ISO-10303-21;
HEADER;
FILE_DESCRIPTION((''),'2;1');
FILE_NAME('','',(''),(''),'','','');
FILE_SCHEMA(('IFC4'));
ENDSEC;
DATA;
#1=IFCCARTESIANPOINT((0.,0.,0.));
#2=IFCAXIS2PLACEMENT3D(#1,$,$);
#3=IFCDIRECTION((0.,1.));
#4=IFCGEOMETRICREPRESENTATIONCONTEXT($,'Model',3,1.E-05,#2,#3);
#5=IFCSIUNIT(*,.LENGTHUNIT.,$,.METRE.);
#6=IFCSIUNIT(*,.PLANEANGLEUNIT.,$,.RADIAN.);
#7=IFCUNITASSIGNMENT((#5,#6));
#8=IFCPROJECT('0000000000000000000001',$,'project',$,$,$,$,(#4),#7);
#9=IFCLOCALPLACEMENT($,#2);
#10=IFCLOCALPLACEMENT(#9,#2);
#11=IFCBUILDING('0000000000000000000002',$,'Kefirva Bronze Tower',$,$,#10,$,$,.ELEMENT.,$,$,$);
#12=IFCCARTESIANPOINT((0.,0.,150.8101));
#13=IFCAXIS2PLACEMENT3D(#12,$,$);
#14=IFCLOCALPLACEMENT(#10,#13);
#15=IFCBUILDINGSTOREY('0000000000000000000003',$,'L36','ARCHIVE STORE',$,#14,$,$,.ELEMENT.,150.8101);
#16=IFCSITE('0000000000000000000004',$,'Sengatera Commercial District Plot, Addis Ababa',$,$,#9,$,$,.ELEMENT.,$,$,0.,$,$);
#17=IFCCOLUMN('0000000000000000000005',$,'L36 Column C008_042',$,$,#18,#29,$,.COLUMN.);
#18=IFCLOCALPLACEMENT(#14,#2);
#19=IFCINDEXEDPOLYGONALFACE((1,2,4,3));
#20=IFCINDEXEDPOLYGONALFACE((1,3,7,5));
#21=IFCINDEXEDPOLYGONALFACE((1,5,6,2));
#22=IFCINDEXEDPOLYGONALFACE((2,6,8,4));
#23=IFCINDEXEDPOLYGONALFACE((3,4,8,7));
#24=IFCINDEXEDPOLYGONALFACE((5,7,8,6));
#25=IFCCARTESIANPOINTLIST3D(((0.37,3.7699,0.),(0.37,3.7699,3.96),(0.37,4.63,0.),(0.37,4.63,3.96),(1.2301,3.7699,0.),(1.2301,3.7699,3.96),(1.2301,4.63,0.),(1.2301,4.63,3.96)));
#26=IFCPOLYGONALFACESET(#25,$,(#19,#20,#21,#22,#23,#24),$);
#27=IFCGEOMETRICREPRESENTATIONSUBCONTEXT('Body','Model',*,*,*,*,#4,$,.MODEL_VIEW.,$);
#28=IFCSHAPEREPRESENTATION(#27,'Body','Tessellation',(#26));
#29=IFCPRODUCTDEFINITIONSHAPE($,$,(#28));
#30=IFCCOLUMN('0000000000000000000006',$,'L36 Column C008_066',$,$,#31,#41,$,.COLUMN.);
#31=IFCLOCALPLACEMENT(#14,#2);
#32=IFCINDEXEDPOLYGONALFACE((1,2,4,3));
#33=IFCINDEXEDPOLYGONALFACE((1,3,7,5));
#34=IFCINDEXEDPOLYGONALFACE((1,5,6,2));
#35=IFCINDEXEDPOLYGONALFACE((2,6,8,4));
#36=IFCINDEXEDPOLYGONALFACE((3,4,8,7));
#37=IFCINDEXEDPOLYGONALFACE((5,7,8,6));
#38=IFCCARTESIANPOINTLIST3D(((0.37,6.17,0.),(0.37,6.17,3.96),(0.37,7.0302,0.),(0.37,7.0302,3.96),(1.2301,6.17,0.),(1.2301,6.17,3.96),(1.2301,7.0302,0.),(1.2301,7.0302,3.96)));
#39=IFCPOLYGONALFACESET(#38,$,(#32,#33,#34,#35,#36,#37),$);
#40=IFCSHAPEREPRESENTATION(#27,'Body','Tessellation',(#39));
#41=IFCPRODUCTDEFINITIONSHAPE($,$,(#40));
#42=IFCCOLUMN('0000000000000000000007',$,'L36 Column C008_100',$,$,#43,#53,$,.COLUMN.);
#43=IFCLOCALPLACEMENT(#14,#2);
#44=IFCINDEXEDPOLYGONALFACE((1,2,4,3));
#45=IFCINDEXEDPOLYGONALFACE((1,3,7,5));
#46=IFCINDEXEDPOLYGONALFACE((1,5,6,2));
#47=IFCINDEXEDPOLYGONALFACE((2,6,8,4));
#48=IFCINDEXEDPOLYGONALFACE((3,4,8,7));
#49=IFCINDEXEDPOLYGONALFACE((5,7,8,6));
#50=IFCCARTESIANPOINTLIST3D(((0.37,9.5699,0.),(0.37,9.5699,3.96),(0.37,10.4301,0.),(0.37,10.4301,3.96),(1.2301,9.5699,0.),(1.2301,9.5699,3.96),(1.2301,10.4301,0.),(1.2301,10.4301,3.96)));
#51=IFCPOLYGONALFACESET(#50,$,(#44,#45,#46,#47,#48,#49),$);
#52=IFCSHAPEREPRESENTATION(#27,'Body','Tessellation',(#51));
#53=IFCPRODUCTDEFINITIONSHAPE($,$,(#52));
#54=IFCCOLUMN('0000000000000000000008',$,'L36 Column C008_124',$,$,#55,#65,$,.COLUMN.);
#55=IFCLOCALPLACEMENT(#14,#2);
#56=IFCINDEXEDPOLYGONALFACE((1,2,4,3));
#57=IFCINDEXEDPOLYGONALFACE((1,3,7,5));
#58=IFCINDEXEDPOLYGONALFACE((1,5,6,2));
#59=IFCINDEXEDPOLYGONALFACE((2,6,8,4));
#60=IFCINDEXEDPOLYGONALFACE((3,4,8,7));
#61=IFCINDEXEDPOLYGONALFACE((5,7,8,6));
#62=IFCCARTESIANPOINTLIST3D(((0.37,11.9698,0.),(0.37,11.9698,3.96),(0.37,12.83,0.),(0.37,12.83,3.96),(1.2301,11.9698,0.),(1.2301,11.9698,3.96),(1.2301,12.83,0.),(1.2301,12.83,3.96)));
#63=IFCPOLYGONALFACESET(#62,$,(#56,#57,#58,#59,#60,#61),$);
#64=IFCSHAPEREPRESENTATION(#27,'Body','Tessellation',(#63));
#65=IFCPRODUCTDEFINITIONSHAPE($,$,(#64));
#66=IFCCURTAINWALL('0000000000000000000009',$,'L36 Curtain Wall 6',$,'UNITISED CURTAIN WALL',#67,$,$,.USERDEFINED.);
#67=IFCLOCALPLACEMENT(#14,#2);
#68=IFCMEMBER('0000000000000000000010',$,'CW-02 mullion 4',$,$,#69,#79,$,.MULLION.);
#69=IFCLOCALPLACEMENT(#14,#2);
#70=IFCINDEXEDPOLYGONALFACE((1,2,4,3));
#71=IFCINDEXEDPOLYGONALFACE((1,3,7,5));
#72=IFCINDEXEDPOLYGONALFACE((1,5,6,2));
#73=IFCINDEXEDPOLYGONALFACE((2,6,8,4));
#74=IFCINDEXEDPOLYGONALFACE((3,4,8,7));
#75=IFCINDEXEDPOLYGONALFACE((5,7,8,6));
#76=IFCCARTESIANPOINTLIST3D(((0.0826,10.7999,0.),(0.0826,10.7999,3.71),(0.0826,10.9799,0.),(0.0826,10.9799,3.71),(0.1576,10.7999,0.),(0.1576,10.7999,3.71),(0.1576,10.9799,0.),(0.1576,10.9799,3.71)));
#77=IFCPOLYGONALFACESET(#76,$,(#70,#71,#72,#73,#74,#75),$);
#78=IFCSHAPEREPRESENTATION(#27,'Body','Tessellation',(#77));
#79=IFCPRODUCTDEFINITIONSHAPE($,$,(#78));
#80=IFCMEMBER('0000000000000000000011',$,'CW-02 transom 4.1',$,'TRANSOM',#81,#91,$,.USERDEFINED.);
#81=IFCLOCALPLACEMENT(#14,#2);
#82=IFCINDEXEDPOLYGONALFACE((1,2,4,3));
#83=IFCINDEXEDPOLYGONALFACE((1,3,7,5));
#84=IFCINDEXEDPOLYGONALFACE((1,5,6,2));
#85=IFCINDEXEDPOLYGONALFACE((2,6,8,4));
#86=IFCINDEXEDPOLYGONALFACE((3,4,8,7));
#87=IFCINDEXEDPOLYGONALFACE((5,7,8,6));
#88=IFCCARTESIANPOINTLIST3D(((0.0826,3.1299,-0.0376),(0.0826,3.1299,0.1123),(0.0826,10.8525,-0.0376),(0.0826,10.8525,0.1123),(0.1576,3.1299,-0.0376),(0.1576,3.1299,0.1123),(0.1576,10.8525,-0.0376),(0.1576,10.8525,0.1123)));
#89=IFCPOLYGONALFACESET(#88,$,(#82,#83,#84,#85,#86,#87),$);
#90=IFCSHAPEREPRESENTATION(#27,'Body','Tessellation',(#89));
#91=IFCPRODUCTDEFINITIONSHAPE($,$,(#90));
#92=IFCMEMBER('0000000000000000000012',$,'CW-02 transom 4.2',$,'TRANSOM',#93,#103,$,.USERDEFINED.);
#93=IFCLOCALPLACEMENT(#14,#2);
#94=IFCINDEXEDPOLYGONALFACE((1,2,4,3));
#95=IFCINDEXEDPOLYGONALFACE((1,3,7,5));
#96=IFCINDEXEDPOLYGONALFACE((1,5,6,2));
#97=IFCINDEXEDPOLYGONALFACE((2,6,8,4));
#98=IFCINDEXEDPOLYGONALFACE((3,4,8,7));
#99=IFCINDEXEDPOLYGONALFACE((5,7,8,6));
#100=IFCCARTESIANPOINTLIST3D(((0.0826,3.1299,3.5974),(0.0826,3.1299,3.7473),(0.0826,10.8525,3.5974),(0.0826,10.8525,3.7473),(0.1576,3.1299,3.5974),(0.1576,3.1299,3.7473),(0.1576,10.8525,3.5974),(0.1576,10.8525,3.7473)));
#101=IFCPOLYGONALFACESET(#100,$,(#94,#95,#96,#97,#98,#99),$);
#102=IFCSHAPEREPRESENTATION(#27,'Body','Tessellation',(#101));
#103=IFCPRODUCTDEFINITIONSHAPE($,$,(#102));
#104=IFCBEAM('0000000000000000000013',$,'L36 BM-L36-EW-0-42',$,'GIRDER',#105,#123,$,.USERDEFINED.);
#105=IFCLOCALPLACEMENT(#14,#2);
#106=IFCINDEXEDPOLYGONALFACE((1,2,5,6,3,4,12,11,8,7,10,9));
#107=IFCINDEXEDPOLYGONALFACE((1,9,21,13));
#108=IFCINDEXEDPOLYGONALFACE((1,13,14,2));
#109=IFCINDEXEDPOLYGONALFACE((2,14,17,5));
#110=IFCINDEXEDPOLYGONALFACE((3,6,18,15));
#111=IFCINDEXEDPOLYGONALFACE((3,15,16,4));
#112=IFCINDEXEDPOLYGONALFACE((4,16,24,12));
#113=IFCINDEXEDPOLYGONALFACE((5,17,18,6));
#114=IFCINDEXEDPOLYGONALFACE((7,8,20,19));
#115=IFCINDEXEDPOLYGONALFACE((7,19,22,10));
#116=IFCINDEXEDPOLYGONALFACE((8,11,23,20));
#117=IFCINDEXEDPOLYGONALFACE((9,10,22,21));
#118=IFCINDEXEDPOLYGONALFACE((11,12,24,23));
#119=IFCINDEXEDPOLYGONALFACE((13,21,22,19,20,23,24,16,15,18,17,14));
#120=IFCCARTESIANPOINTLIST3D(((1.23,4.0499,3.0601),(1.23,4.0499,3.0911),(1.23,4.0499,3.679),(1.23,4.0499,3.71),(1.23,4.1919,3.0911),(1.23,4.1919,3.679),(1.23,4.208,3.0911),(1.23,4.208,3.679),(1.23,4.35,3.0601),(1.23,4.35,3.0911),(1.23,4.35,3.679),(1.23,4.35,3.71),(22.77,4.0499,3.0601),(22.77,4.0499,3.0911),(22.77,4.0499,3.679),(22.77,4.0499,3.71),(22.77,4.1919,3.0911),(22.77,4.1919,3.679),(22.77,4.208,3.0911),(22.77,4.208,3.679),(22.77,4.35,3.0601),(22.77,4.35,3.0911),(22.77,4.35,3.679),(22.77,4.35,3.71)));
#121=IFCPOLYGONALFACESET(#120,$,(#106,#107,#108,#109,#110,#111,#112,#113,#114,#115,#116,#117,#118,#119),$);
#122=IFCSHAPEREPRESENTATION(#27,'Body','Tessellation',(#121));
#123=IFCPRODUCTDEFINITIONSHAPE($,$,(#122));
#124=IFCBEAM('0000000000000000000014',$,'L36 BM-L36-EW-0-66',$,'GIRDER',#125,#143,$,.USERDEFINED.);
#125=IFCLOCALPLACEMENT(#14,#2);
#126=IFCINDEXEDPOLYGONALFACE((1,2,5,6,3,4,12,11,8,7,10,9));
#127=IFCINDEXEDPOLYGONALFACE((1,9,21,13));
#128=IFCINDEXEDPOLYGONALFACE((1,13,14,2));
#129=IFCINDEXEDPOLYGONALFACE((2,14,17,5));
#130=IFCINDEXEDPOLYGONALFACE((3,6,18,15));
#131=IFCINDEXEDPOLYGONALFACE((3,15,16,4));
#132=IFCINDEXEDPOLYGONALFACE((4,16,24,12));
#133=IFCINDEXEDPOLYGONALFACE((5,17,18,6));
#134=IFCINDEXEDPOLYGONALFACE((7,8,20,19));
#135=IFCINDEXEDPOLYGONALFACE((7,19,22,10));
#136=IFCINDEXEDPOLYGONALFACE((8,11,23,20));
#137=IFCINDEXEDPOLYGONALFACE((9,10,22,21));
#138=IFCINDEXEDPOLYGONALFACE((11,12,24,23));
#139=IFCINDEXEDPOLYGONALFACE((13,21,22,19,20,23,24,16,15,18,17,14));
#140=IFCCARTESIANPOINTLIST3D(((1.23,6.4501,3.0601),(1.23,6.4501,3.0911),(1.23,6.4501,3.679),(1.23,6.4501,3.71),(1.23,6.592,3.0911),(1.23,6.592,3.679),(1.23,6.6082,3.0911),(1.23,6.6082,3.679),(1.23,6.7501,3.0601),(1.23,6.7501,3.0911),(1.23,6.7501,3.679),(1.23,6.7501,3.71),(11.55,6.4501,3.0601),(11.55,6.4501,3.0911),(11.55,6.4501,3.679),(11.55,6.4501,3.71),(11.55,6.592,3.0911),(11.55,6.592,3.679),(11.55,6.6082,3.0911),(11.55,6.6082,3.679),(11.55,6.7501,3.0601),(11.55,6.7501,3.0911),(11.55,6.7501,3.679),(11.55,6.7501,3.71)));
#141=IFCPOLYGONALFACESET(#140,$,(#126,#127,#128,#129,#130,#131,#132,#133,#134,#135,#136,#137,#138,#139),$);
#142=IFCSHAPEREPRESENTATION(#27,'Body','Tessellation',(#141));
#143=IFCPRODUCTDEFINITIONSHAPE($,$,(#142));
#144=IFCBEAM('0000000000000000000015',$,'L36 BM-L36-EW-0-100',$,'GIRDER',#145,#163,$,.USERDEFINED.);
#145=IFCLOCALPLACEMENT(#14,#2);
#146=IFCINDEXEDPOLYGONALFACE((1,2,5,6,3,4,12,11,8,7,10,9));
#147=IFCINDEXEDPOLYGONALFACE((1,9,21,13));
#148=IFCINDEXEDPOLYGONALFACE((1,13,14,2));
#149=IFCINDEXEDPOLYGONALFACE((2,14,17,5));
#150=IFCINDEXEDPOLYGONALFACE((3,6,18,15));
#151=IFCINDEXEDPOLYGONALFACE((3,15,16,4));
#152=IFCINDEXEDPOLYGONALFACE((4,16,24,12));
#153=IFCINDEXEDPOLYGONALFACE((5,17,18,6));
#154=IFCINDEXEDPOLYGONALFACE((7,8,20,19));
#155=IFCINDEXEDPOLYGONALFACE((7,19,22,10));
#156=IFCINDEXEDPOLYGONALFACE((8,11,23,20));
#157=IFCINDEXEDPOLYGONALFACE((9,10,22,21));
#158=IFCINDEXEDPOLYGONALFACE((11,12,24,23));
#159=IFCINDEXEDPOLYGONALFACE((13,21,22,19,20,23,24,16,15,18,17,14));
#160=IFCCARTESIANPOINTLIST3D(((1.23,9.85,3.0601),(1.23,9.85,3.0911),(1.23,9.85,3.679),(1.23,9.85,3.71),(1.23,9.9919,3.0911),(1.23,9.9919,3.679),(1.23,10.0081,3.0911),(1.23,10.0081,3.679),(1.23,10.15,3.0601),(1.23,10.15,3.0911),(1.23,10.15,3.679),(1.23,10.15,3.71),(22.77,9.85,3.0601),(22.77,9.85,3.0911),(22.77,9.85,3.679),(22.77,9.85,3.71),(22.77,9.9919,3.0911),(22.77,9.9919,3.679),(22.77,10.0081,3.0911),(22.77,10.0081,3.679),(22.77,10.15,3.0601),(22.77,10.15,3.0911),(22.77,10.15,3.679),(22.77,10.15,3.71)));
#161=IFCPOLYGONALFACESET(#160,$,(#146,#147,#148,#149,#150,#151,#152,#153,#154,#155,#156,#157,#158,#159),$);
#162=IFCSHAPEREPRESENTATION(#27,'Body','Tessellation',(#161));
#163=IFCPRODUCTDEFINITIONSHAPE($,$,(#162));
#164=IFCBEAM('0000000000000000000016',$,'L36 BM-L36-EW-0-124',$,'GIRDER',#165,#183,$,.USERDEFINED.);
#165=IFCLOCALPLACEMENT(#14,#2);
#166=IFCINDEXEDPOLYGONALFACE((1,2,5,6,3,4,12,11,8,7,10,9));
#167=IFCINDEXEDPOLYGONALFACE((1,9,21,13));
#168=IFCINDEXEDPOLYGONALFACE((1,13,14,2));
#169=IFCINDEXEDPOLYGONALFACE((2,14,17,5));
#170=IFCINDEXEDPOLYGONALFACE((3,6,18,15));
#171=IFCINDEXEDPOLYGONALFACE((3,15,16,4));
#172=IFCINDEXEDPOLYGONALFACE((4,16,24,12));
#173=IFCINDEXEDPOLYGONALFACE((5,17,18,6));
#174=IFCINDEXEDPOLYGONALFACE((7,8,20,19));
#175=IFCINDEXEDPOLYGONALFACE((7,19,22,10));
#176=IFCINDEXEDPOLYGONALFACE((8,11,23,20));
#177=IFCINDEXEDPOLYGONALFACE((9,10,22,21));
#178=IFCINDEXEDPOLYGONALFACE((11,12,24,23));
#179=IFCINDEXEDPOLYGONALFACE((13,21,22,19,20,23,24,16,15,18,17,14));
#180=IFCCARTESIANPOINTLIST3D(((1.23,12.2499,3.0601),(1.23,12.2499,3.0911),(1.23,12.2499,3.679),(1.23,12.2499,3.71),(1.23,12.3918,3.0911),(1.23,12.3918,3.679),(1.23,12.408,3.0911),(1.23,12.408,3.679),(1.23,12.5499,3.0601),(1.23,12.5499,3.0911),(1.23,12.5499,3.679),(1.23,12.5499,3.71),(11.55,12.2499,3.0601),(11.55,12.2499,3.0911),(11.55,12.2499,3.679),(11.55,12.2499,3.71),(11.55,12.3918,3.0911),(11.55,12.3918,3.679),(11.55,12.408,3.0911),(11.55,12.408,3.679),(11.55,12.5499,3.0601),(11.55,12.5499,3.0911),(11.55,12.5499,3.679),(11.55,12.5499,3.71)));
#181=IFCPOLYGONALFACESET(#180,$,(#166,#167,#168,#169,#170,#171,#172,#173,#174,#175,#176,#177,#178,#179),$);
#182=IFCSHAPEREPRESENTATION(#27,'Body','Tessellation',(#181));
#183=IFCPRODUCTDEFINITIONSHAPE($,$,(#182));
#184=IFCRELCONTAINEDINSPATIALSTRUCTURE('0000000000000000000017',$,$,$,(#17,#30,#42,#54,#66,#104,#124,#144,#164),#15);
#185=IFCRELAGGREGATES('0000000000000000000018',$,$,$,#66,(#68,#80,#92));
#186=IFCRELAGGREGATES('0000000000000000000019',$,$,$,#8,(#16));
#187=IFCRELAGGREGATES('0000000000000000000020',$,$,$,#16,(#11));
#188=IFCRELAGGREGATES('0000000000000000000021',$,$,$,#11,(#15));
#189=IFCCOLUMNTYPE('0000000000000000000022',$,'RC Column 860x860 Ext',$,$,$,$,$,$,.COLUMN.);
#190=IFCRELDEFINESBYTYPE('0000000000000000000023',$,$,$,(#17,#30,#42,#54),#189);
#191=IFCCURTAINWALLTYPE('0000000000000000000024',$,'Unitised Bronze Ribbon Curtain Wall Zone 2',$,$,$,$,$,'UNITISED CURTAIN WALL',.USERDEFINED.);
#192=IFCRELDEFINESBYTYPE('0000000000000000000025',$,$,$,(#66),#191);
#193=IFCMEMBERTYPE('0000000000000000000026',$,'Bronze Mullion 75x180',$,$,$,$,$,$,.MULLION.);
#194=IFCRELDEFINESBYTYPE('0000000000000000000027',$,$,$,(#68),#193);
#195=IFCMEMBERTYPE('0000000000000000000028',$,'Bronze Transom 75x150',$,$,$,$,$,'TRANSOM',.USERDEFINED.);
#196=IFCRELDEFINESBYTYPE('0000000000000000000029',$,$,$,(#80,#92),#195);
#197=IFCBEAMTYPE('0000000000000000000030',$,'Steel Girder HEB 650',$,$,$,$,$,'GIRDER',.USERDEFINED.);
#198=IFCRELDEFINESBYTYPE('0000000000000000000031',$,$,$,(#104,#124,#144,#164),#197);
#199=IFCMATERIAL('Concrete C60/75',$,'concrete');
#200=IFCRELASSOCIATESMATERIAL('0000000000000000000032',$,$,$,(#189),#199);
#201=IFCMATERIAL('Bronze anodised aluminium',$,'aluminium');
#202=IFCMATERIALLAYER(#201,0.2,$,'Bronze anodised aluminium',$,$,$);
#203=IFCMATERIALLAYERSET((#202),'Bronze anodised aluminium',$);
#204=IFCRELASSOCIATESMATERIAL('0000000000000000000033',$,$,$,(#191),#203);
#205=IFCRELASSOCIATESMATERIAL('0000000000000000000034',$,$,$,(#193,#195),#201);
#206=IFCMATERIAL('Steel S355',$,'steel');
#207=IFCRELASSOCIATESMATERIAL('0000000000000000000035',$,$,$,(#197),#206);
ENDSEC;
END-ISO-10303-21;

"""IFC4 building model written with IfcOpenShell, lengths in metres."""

from ifc_helpers import new_model, si_unit, direction, frame, origin, origin_2d, place, context, subcontext, project, spatial, rectangle, i_section, extrude, material, layer, layer_set, material_profile, profile_set, type_object, element, aggregate, save


model = new_model("IFC4")

# Units and contexts
model_context = context("Model", 3, precision=1e-05, world=origin(), true_north=direction((0.0, 1.0)))
body_context = subcontext(model_context, "Body", "Model", "MODEL_VIEW")
ifc_project = project(units=[si_unit("LENGTHUNIT", "METRE"), si_unit("PLANEANGLEUNIT", "RADIAN")], contexts=[model_context])

# Site, building, storey
site_placement = place(None, origin())
site = spatial("IfcSite", under=ifc_project, at=site_placement, Name="Sengatera Commercial District Plot, Addis Ababa", CompositionType="ELEMENT", RefElevation=0.0)
building_placement = place(site_placement, origin())
building = spatial("IfcBuilding", under=site, at=building_placement, Name="Kefirva Bronze Tower", CompositionType="ELEMENT")
storey_placement = place(building_placement, frame((0.0, 0.0, 150.8101)))
storey = spatial("IfcBuildingStorey", under=building, at=storey_placement, Name="L36", Description="ARCHIVE STORE", CompositionType="ELEMENT", Elevation=150.8101)

# Columns
ifc_material_1 = material(Name="Concrete C60/75", Category="concrete")
ifc_material_profile_1 = material_profile(ifc_material_1, rectangle(XDim=0.8601, YDim=0.8601, at=origin_2d()), Name="RC 860x860")
ifc_profile_set_1 = profile_set([ifc_material_profile_1], Name="Concrete C60/75")
column_type = type_object("IfcColumnType", Name="RC Column 860x860 Ext", PredefinedType="COLUMN", material=ifc_profile_set_1)
for number, where, z_axis, x_axis, name in (
    (1, (0.8, 4.2, 0.0), (0.0, 0.0, 1.0), (1.0, 0.0, 0.0), "L36 Column C008_042"),
    (2, (0.8, 6.6001, 0.0), (0.0, 0.0, 1.0), (1.0, 0.0, 0.0), "L36 Column C008_066"),
    (3, (0.8, 10.0, 0.0), (0.0, 0.0, 1.0), (1.0, 0.0, 0.0), "L36 Column C008_100"),
    (4, (0.8, 12.3999, 0.0), (0.0, 0.0, 1.0), (1.0, 0.0, 0.0), "L36 Column C008_124"),
):
    element("IfcColumn", number, at=place(storey_placement, frame(where, z_axis=z_axis, x_axis=x_axis)), inside=storey, type_object=column_type, Name=name, PredefinedType="COLUMN", context=body_context, shape_type="SweptSolid", body=[
        extrude(rectangle(XDim=0.8601, YDim=0.8601, at=origin_2d()), origin(), (0.0, 0.0, 1.0), 3.96),
    ])

# Curtain wall, members
ifc_material_2 = material(Name="Bronze anodised aluminium", Category="aluminium")
ifc_layer_1 = layer(ifc_material_2, 0.2, Name="Bronze anodised aluminium")
ifc_layer_set_1 = layer_set([ifc_layer_1], Name="Bronze anodised aluminium")
curtain_wall_type = type_object("IfcCurtainWallType", Name="Unitised Bronze Ribbon Curtain Wall Zone 2", ElementType="UNITISED CURTAIN WALL", PredefinedType="USERDEFINED", material=ifc_layer_set_1)
curtain_wall_placement = place(storey_placement, origin())
curtain_wall = element("IfcCurtainWall", 5, at=curtain_wall_placement, inside=storey, type_object=curtain_wall_type, Name="L36 Curtain Wall 6", ObjectType="UNITISED CURTAIN WALL", PredefinedType="USERDEFINED")
ifc_material_profile_2 = material_profile(ifc_material_2, rectangle(XDim=0.075, YDim=0.1799, at=origin_2d()), Name="ALU 75x180")
ifc_profile_set_2 = profile_set([ifc_material_profile_2], Name="Bronze anodised aluminium")
member_type_1 = type_object("IfcMemberType", Name="Bronze Mullion 75x180", PredefinedType="MULLION", material=ifc_profile_set_2)
member_1_placement = place(storey_placement, frame((0.1201, 10.8899, 0.0), z_axis=(0.0, 0.0, 1.0), x_axis=(1.0, 0.0, 0.0)))
member_1 = element("IfcMember", 6, at=member_1_placement, type_object=member_type_1, Name="CW-02 mullion 4", PredefinedType="MULLION", context=body_context, shape_type="SweptSolid", body=[
    extrude(rectangle(XDim=0.075, YDim=0.1799, at=origin_2d()), origin(), (0.0, 0.0, 1.0), 3.71),
])
ifc_material_profile_3 = material_profile(ifc_material_2, rectangle(XDim=0.075, YDim=0.1499, at=origin_2d()), Name="ALU 75x150")
ifc_profile_set_3 = profile_set([ifc_material_profile_3], Name="Bronze anodised aluminium")
member_type_2 = type_object("IfcMemberType", Name="Bronze Transom 75x150", ElementType="TRANSOM", PredefinedType="USERDEFINED", material=ifc_profile_set_3)
member_2_placement = place(storey_placement, frame((0.1201, 10.8525, 0.0374), z_axis=(0.0, -1.0, 0.0), x_axis=(1.0, 0.0, 0.0)))
member_2 = element("IfcMember", 7, at=member_2_placement, type_object=member_type_2, Name="CW-02 transom 4.1", ObjectType="TRANSOM", PredefinedType="USERDEFINED", context=body_context, shape_type="SweptSolid", body=[
    extrude(rectangle(XDim=0.075, YDim=0.1499, at=origin_2d()), origin(), (0.0, 0.0, 1.0), 7.7227),
])
member_3_placement = place(storey_placement, frame((0.1201, 10.8525, 3.6724), z_axis=(0.0, -1.0, 0.0), x_axis=(1.0, 0.0, 0.0)))
member_3 = element("IfcMember", 8, at=member_3_placement, type_object=member_type_2, Name="CW-02 transom 4.2", ObjectType="TRANSOM", PredefinedType="USERDEFINED", context=body_context, shape_type="SweptSolid", body=[
    extrude(rectangle(XDim=0.075, YDim=0.1499, at=origin_2d()), origin(), (0.0, 0.0, 1.0), 7.7227),
])
aggregate(curtain_wall, [member_1, member_2, member_3])

# Beams
ifc_material_3 = material(Name="Steel S355", Category="steel")
ifc_material_profile_4 = material_profile(ifc_material_3, i_section(OverallWidth=0.3, OverallDepth=0.6499, WebThickness=0.0161, FlangeThickness=0.031, at=origin_2d()), Name="HEB 650")
ifc_profile_set_4 = profile_set([ifc_material_profile_4], Name="Steel S355")
beam_type_1 = type_object("IfcBeamType", Name="Steel Girder HEB 650", ElementType="GIRDER", PredefinedType="USERDEFINED", material=ifc_profile_set_4)
beam_1_placement = place(storey_placement, frame((1.23, 4.2, 3.385), z_axis=(1.0, 0.0, 0.0), x_axis=(0.0, 1.0, 0.0)))
element("IfcBeam", 9, at=beam_1_placement, inside=storey, type_object=beam_type_1, Name="L36 BM-L36-EW-0-42", ObjectType="GIRDER", PredefinedType="USERDEFINED", context=body_context, shape_type="SweptSolid", body=[
    extrude(i_section(OverallWidth=0.3, OverallDepth=0.6499, WebThickness=0.0161, FlangeThickness=0.031, at=origin_2d()), origin(), (0.0, 0.0, 1.0), 21.54),
])
beam_2_placement = place(storey_placement, frame((1.23, 6.6001, 3.385), z_axis=(1.0, 0.0, 0.0), x_axis=(0.0, 1.0, 0.0)))
element("IfcBeam", 10, at=beam_2_placement, inside=storey, type_object=beam_type_1, Name="L36 BM-L36-EW-0-66", ObjectType="GIRDER", PredefinedType="USERDEFINED", context=body_context, shape_type="SweptSolid", body=[
    extrude(i_section(OverallWidth=0.3, OverallDepth=0.6499, WebThickness=0.0161, FlangeThickness=0.031, at=origin_2d()), origin(), (0.0, 0.0, 1.0), 10.3201),
])
beam_3_placement = place(storey_placement, frame((1.23, 10.0, 3.385), z_axis=(1.0, 0.0, 0.0), x_axis=(0.0, 1.0, 0.0)))
element("IfcBeam", 11, at=beam_3_placement, inside=storey, type_object=beam_type_1, Name="L36 BM-L36-EW-0-100", ObjectType="GIRDER", PredefinedType="USERDEFINED", context=body_context, shape_type="SweptSolid", body=[
    extrude(i_section(OverallWidth=0.3, OverallDepth=0.6499, WebThickness=0.0161, FlangeThickness=0.031, at=origin_2d()), origin(), (0.0, 0.0, 1.0), 21.54),
])
beam_4_placement = place(storey_placement, frame((1.23, 12.3999, 3.385), z_axis=(1.0, 0.0, 0.0), x_axis=(0.0, 1.0, 0.0)))
element("IfcBeam", 12, at=beam_4_placement, inside=storey, type_object=beam_type_1, Name="L36 BM-L36-EW-0-124", ObjectType="GIRDER", PredefinedType="USERDEFINED", context=body_context, shape_type="SweptSolid", body=[
    extrude(i_section(OverallWidth=0.3, OverallDepth=0.6499, WebThickness=0.0161, FlangeThickness=0.031, at=origin_2d()), origin(), (0.0, 0.0, 1.0), 10.3201),
])

save(model, "model.ifc")
